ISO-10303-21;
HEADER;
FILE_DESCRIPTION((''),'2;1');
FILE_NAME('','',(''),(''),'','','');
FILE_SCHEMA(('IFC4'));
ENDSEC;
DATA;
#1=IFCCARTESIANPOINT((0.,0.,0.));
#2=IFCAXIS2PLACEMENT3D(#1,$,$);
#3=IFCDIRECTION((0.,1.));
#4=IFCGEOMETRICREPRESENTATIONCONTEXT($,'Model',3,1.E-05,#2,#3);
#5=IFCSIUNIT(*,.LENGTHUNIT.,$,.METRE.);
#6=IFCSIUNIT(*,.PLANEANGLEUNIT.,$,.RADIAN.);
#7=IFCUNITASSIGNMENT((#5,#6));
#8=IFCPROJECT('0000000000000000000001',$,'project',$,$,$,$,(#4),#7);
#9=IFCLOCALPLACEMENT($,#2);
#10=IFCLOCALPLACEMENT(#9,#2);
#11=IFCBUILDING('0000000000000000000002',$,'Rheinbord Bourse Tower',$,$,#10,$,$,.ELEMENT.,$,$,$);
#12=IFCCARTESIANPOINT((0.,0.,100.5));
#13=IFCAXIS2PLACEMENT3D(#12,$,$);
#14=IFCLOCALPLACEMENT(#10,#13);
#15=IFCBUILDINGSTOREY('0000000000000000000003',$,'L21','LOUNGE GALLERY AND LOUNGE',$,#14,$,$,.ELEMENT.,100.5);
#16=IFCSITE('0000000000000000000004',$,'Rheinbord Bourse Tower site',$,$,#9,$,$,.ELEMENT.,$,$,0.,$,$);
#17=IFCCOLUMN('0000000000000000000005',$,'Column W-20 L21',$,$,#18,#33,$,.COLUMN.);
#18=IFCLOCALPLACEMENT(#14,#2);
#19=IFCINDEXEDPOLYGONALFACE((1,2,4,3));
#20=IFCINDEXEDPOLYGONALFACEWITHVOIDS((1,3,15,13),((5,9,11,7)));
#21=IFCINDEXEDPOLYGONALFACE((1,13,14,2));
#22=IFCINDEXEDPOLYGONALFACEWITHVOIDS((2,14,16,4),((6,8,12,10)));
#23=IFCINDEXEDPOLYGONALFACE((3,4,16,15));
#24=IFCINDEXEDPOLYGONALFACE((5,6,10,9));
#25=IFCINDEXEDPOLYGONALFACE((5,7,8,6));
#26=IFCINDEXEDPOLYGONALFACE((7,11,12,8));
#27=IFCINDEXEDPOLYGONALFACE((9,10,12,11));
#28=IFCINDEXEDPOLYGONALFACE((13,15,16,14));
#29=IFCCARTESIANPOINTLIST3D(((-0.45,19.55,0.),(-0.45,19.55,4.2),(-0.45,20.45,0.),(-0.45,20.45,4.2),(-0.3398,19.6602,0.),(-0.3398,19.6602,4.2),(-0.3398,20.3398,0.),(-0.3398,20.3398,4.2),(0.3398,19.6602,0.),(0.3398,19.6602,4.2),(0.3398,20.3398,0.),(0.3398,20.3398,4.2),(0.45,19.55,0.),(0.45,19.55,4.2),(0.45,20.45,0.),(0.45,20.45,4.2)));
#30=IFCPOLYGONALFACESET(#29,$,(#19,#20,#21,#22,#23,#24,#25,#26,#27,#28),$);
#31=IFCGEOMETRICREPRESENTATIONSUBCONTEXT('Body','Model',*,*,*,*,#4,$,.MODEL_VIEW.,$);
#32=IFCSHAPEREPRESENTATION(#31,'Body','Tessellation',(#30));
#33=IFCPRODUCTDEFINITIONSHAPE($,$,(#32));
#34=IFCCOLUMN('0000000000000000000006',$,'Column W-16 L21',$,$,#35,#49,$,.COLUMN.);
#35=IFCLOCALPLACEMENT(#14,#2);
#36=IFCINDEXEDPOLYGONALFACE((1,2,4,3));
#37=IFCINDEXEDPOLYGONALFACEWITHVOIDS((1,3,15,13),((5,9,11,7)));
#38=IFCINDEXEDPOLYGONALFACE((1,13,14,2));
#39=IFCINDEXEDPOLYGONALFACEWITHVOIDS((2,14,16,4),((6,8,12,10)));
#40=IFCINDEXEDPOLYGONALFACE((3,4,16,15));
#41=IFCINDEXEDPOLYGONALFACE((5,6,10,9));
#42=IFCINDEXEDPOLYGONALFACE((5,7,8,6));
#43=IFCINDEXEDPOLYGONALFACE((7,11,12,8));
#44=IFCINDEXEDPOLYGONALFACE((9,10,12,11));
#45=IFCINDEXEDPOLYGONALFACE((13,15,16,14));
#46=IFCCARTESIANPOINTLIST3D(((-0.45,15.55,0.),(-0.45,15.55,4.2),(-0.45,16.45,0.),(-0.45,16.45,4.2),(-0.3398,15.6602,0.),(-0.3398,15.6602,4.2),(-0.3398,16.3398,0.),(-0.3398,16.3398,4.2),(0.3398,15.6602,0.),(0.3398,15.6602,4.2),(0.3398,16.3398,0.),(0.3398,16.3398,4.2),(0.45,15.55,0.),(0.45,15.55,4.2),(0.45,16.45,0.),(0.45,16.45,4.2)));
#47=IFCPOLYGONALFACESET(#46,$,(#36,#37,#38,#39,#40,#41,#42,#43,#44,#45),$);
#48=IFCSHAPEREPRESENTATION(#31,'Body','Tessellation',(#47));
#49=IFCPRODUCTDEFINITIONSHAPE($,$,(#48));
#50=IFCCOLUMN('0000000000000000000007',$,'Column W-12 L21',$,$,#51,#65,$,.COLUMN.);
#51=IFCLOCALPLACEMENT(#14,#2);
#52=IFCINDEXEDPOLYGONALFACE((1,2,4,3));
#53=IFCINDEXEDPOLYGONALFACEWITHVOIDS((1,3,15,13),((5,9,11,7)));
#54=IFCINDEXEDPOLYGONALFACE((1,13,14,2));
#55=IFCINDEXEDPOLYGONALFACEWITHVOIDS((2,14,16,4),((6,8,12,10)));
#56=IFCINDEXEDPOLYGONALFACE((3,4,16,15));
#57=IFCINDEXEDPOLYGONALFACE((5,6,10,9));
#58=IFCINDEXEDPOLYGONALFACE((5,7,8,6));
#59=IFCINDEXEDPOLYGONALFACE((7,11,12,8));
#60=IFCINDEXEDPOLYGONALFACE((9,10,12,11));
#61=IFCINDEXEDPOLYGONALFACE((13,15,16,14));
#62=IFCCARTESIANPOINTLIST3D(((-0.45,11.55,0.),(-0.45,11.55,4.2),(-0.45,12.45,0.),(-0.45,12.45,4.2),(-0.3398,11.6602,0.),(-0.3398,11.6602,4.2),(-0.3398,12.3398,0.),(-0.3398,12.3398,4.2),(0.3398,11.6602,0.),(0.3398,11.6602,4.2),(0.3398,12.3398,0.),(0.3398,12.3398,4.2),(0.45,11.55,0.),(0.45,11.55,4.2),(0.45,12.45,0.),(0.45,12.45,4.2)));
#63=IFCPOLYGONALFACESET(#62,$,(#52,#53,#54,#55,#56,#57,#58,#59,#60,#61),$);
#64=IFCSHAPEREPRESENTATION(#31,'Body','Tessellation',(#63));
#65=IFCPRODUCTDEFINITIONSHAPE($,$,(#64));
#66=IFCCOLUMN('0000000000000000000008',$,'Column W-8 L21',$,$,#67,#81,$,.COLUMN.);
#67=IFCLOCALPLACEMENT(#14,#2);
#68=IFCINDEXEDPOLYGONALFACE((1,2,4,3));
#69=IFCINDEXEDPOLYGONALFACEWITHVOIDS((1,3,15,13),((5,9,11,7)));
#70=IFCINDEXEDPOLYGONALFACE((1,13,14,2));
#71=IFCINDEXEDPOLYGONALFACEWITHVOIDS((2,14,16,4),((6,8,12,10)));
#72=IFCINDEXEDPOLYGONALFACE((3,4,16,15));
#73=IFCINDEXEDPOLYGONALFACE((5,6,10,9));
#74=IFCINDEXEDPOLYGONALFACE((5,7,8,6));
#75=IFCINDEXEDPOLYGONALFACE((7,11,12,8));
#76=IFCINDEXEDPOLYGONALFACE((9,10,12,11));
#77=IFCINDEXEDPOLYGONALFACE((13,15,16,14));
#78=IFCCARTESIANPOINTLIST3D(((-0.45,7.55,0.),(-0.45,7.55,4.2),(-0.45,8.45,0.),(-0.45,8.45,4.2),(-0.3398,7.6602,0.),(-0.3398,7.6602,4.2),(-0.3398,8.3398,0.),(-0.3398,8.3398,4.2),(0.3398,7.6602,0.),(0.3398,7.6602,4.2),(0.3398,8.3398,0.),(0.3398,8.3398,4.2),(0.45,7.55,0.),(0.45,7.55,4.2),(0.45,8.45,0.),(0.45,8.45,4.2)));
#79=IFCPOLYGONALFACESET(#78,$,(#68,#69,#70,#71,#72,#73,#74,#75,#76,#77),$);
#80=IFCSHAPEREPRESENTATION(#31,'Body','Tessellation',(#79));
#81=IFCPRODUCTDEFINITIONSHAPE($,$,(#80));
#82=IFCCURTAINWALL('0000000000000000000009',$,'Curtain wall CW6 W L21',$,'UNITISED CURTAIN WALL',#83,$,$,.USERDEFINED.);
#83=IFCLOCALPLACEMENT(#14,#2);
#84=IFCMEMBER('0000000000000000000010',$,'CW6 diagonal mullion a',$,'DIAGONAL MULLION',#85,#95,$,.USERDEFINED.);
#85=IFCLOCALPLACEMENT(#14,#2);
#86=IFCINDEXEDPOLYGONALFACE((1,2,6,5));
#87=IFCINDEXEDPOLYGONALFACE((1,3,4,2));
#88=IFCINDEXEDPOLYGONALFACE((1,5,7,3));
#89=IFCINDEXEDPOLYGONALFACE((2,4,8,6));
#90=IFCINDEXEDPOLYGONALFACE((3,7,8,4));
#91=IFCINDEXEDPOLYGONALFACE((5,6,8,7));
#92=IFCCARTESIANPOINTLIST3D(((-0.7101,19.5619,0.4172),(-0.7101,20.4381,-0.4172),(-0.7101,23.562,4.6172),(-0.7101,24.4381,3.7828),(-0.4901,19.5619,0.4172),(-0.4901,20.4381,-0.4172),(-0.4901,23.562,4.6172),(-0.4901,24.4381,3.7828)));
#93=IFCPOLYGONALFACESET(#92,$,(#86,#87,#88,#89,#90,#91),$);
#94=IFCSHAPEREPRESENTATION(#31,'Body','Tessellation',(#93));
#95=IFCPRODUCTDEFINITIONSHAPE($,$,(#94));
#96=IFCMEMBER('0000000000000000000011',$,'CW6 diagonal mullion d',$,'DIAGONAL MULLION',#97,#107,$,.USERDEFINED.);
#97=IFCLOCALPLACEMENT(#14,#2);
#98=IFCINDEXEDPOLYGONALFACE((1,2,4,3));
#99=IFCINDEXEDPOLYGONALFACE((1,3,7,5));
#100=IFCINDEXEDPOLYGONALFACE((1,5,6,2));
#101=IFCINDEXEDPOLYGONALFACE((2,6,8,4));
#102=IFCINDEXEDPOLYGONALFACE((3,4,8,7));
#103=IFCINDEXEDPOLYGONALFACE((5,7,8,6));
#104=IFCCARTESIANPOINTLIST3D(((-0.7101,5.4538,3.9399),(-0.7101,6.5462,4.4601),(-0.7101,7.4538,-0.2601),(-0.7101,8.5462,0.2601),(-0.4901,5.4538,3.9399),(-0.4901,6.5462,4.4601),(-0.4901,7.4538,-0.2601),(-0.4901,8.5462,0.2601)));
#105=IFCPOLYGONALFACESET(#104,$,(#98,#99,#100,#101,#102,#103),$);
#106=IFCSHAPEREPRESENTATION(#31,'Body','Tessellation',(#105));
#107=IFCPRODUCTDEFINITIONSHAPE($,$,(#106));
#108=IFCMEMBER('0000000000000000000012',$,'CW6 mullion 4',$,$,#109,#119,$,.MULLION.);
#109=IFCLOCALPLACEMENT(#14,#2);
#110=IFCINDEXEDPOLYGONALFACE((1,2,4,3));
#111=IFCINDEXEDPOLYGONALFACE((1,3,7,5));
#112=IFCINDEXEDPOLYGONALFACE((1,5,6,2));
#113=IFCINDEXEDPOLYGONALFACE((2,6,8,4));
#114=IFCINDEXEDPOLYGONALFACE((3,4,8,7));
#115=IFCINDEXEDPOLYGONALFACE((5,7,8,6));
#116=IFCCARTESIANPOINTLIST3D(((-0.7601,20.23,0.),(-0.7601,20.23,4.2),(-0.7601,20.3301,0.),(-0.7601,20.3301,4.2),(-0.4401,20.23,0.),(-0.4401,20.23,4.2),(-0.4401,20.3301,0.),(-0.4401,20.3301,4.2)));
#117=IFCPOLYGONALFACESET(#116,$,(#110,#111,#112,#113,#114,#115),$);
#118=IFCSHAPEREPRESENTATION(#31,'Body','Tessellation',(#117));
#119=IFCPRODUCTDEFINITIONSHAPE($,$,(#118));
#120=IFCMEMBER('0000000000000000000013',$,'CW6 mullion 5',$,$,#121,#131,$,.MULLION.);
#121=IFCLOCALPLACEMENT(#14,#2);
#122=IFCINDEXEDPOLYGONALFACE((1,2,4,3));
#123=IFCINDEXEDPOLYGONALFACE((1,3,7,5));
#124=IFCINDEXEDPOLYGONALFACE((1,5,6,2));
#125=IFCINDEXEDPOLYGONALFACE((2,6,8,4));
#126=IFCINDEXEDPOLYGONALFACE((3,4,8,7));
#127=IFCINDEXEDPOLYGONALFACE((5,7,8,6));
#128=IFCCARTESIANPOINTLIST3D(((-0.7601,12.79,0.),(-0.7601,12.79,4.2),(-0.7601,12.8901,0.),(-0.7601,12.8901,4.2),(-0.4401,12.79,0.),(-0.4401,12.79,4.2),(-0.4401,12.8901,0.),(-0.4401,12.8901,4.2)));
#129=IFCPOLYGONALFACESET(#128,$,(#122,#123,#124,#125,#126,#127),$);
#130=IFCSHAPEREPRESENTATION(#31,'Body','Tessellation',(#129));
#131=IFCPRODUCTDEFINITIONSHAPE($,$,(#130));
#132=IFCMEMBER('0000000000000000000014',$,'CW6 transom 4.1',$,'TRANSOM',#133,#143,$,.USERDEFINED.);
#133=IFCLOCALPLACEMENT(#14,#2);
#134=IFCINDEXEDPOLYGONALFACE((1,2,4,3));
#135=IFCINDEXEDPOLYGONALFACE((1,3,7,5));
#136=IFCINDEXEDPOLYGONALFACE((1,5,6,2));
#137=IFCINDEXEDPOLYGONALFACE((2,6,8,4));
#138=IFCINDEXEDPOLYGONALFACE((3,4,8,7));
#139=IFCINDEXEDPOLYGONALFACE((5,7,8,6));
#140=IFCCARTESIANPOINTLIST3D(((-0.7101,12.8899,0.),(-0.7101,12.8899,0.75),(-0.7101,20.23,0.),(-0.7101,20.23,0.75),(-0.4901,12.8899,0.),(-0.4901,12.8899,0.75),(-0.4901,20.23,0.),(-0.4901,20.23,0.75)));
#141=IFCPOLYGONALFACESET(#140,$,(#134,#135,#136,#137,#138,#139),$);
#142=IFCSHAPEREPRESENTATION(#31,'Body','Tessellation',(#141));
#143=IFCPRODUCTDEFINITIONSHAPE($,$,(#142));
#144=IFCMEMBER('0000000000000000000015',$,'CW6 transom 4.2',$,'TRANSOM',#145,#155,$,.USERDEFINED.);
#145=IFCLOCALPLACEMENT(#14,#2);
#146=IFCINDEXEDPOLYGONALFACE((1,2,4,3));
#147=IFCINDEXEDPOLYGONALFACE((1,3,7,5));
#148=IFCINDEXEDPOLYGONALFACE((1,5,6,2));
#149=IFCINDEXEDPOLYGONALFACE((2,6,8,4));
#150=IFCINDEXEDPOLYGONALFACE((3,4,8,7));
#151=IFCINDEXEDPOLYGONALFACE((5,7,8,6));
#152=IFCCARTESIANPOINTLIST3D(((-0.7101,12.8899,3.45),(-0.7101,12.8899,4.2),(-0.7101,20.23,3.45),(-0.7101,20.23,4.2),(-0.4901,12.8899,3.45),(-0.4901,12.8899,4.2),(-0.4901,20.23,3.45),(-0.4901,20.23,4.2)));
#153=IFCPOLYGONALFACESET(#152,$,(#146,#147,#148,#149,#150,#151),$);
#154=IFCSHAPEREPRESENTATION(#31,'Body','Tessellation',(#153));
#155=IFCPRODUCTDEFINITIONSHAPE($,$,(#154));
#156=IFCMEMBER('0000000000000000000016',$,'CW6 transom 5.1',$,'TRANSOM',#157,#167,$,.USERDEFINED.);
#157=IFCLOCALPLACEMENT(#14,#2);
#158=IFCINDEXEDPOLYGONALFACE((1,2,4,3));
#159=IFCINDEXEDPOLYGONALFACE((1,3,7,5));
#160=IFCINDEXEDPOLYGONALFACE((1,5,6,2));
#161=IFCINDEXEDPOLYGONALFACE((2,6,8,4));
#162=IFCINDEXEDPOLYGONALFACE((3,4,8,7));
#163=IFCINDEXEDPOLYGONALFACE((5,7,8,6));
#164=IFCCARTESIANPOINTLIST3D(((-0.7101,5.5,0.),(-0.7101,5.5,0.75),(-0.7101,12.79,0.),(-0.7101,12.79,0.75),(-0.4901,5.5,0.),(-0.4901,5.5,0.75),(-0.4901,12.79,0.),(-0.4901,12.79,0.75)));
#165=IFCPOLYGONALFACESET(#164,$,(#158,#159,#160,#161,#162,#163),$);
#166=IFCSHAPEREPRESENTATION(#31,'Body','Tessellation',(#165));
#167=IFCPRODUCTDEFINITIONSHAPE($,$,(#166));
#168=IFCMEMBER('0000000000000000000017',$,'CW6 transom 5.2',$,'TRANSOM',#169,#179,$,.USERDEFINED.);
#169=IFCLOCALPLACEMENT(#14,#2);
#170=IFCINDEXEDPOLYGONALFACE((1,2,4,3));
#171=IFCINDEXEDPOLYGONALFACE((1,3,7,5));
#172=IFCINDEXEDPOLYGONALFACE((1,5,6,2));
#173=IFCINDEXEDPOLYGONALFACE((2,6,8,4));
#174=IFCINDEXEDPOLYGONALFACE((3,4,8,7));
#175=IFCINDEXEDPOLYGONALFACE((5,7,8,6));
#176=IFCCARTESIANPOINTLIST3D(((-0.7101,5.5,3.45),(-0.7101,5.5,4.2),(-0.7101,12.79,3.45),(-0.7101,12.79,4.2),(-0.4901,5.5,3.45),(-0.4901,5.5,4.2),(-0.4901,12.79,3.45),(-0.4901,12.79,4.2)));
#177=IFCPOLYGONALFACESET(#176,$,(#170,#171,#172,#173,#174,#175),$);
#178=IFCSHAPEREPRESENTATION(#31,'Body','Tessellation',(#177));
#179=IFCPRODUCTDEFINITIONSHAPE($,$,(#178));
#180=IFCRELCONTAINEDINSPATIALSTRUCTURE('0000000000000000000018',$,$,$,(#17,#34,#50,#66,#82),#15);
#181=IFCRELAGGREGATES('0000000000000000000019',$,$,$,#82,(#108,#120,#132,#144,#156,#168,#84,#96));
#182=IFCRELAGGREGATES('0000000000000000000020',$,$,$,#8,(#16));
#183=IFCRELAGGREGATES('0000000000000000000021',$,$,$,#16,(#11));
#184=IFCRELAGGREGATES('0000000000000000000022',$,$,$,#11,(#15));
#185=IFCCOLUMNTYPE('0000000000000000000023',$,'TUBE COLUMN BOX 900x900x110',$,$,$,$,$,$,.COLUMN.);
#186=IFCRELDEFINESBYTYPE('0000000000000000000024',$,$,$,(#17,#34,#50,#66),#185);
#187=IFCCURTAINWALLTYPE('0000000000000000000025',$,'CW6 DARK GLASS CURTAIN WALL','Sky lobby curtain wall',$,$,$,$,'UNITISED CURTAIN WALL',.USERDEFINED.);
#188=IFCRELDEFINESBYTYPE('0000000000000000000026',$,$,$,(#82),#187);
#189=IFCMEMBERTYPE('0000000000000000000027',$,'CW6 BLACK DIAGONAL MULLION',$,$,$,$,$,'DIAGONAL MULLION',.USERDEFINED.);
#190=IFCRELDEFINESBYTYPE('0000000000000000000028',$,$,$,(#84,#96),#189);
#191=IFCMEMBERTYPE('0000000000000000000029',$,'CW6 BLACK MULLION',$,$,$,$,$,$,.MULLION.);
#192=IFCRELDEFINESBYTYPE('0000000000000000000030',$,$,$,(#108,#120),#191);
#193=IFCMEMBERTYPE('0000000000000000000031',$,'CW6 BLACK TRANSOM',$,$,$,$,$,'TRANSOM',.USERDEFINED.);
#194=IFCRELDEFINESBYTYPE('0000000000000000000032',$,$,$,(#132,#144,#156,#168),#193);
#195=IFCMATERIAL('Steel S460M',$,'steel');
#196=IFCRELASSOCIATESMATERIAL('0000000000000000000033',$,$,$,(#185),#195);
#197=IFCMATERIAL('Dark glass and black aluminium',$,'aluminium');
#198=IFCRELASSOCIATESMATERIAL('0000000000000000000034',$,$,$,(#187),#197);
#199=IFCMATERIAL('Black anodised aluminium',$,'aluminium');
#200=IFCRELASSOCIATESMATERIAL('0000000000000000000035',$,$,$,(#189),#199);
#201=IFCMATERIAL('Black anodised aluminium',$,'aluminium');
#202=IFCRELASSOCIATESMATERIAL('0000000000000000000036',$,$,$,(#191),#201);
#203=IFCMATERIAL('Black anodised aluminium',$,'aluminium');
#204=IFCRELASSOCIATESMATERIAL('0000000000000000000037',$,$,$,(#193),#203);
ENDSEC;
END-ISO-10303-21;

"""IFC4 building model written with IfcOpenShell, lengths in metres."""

from ifc_helpers import new_model, si_unit, direction, frame, origin, origin_2d, place, context, subcontext, project, spatial, rectangle, hollow_rectangle, extrude, material, material_profile, profile_set, type_object, element, aggregate, save


model = new_model("IFC4")

# Units and contexts
model_context = context("Model", 3, precision=1e-05, world=origin(), true_north=direction((0.0, 1.0)))
body_context = subcontext(model_context, "Body", "Model", "MODEL_VIEW")
ifc_project = project(units=[si_unit("LENGTHUNIT", "METRE"), si_unit("PLANEANGLEUNIT", "RADIAN")], contexts=[model_context])

# Site, building, storey
site_placement = place(None, origin())
site = spatial("IfcSite", under=ifc_project, at=site_placement, Name="Rheinbord Bourse Tower site", CompositionType="ELEMENT", RefElevation=0.0)
building_placement = place(site_placement, origin())
building = spatial("IfcBuilding", under=site, at=building_placement, Name="Rheinbord Bourse Tower", CompositionType="ELEMENT")
storey_placement = place(building_placement, frame((0.0, 0.0, 100.5)))
storey = spatial("IfcBuildingStorey", under=building, at=storey_placement, Name="L21", Description="LOUNGE GALLERY AND LOUNGE", CompositionType="ELEMENT", Elevation=100.5)

# Columns
ifc_material_1 = material(Name="Steel S460M", Category="steel")
ifc_material_profile_1 = material_profile(ifc_material_1, hollow_rectangle(XDim=0.8999, YDim=0.8999, WallThickness=0.1101, at=origin_2d()), Name="BOX 900x900x110")
ifc_profile_set_1 = profile_set([ifc_material_profile_1], Name="Steel S460M")
column_type = type_object("IfcColumnType", Name="TUBE COLUMN BOX 900x900x110", PredefinedType="COLUMN", material=ifc_profile_set_1)
for number, where, z_axis, x_axis, name in (
    (1, (0.0, 20.0, 0.0), (0.0, 0.0, 1.0), (1.0, 0.0, 0.0), "Column W-20 L21"),
    (2, (0.0, 16.0, 0.0), (0.0, 0.0, 1.0), (1.0, 0.0, 0.0), "Column W-16 L21"),
    (3, (0.0, 12.0, 0.0), (0.0, 0.0, 1.0), (1.0, 0.0, 0.0), "Column W-12 L21"),
    (4, (0.0, 8.0, 0.0), (0.0, 0.0, 1.0), (1.0, 0.0, 0.0), "Column W-8 L21"),
):
    element("IfcColumn", number, at=place(storey_placement, frame(where, z_axis=z_axis, x_axis=x_axis)), inside=storey, type_object=column_type, Name=name, PredefinedType="COLUMN", context=body_context, shape_type="SweptSolid", body=[
        extrude(hollow_rectangle(XDim=0.8999, YDim=0.8999, WallThickness=0.1101, at=origin_2d()), origin(), (0.0, 0.0, 1.0), 4.2),
    ])

# Curtain wall, members
ifc_material_2 = material(Name="Dark glass and black aluminium", Category="aluminium")
curtain_wall_type = type_object("IfcCurtainWallType", Name="CW6 DARK GLASS CURTAIN WALL", Description="Sky lobby curtain wall", ElementType="UNITISED CURTAIN WALL", PredefinedType="USERDEFINED", material=ifc_material_2)
curtain_wall_placement = place(storey_placement, origin())
curtain_wall = element("IfcCurtainWall", 5, at=curtain_wall_placement, inside=storey, type_object=curtain_wall_type, Name="Curtain wall CW6 W L21", ObjectType="UNITISED CURTAIN WALL", PredefinedType="USERDEFINED")
ifc_material_3 = material(Name="Black anodised aluminium", Category="aluminium")
ifc_material_profile_2 = material_profile(ifc_material_3, rectangle(XDim=0.22, YDim=1.21, at=origin_2d()), Name="CW6 DIAGONAL MULLION 1210x220")
ifc_profile_set_2 = profile_set([ifc_material_profile_2], Name="Black anodised aluminium")
member_type_1 = type_object("IfcMemberType", Name="CW6 BLACK DIAGONAL MULLION", ElementType="DIAGONAL MULLION", PredefinedType="USERDEFINED", material=ifc_profile_set_2)
member_1_placement = place(storey_placement, frame((-0.6001, 20.0, 0.0), z_axis=(0.0, 0.689659, 0.724134), x_axis=(-1.0, 0.0, 0.0)))
member_1 = element("IfcMember", 6, at=member_1_placement, type_object=member_type_1, Name="CW6 diagonal mullion a", ObjectType="DIAGONAL MULLION", PredefinedType="USERDEFINED", context=body_context, shape_type="SweptSolid", body=[
    extrude(rectangle(XDim=0.22, YDim=1.21, at=origin_2d()), origin(), (0.0, 0.0, 1.0), 5.8),
])
member_2_placement = place(storey_placement, frame((-0.6001, 8.0, 0.0), z_axis=(0.0, -0.429938, 0.902859), x_axis=(1.0, 0.0, 0.0)))
member_2 = element("IfcMember", 7, at=member_2_placement, type_object=member_type_1, Name="CW6 diagonal mullion d", ObjectType="DIAGONAL MULLION", PredefinedType="USERDEFINED", context=body_context, shape_type="SweptSolid", body=[
    extrude(rectangle(XDim=0.22, YDim=1.21, at=origin_2d()), origin(), (0.0, 0.0, 1.0), 4.6519),
])
ifc_material_4 = material(Name="Black anodised aluminium", Category="aluminium")
ifc_material_profile_3 = material_profile(ifc_material_4, rectangle(XDim=0.3201, YDim=0.1001, at=origin_2d()), Name="CW6 MULLION 100x320")
ifc_profile_set_3 = profile_set([ifc_material_profile_3], Name="Black anodised aluminium")
member_type_2 = type_object("IfcMemberType", Name="CW6 BLACK MULLION", PredefinedType="MULLION", material=ifc_profile_set_3)
member_3_placement = place(storey_placement, frame((-0.6001, 20.28, 0.0), z_axis=(0.0, 0.0, 1.0), x_axis=(1.0, 0.0, 0.0)))
member_3 = element("IfcMember", 8, at=member_3_placement, type_object=member_type_2, Name="CW6 mullion 4", PredefinedType="MULLION", context=body_context, shape_type="SweptSolid", body=[
    extrude(rectangle(XDim=0.3201, YDim=0.1001, at=origin_2d()), origin(), (0.0, 0.0, 1.0), 4.2),
])
member_4_placement = place(storey_placement, frame((-0.6001, 12.8401, 0.0), z_axis=(0.0, 0.0, 1.0), x_axis=(1.0, 0.0, 0.0)))
member_4 = element("IfcMember", 9, at=member_4_placement, type_object=member_type_2, Name="CW6 mullion 5", PredefinedType="MULLION", context=body_context, shape_type="SweptSolid", body=[
    extrude(rectangle(XDim=0.3201, YDim=0.1001, at=origin_2d()), origin(), (0.0, 0.0, 1.0), 4.2),
])
ifc_material_5 = material(Name="Black anodised aluminium", Category="aluminium")
ifc_material_profile_4 = material_profile(ifc_material_5, rectangle(XDim=0.22, YDim=0.75, at=origin_2d()), Name="CW6 TRANSOM 750x220")
ifc_profile_set_4 = profile_set([ifc_material_profile_4], Name="Black anodised aluminium")
member_type_3 = type_object("IfcMemberType", Name="CW6 BLACK TRANSOM", ElementType="TRANSOM", PredefinedType="USERDEFINED", material=ifc_profile_set_4)
member_5_placement = place(storey_placement, frame((-0.6001, 20.23, 0.375), z_axis=(0.0, -1.0, 0.0), x_axis=(1.0, 0.0, 0.0)))
member_5 = element("IfcMember", 10, at=member_5_placement, type_object=member_type_3, Name="CW6 transom 4.1", ObjectType="TRANSOM", PredefinedType="USERDEFINED", context=body_context, shape_type="SweptSolid", body=[
    extrude(rectangle(XDim=0.22, YDim=0.75, at=origin_2d()), origin(), (0.0, 0.0, 1.0), 7.3401),
])
member_6_placement = place(storey_placement, frame((-0.6001, 20.23, 3.825), z_axis=(0.0, -1.0, 0.0), x_axis=(1.0, 0.0, 0.0)))
member_6 = element("IfcMember", 11, at=member_6_placement, type_object=member_type_3, Name="CW6 transom 4.2", ObjectType="TRANSOM", PredefinedType="USERDEFINED", context=body_context, shape_type="SweptSolid", body=[
    extrude(rectangle(XDim=0.22, YDim=0.75, at=origin_2d()), origin(), (0.0, 0.0, 1.0), 7.3401),
])
member_7_placement = place(storey_placement, frame((-0.6001, 12.79, 0.375), z_axis=(0.0, -1.0, 0.0), x_axis=(1.0, 0.0, 0.0)))
member_7 = element("IfcMember", 12, at=member_7_placement, type_object=member_type_3, Name="CW6 transom 5.1", ObjectType="TRANSOM", PredefinedType="USERDEFINED", context=body_context, shape_type="SweptSolid", body=[
    extrude(rectangle(XDim=0.22, YDim=0.75, at=origin_2d()), origin(), (0.0, 0.0, 1.0), 7.29),
])
member_8_placement = place(storey_placement, frame((-0.6001, 12.79, 3.825), z_axis=(0.0, -1.0, 0.0), x_axis=(1.0, 0.0, 0.0)))
member_8 = element("IfcMember", 13, at=member_8_placement, type_object=member_type_3, Name="CW6 transom 5.2", ObjectType="TRANSOM", PredefinedType="USERDEFINED", context=body_context, shape_type="SweptSolid", body=[
    extrude(rectangle(XDim=0.22, YDim=0.75, at=origin_2d()), origin(), (0.0, 0.0, 1.0), 7.29),
])

aggregate(curtain_wall, [member_3, member_4, member_5, member_6, member_7, member_8, member_1, member_2])

save(model, "model.ifc")
